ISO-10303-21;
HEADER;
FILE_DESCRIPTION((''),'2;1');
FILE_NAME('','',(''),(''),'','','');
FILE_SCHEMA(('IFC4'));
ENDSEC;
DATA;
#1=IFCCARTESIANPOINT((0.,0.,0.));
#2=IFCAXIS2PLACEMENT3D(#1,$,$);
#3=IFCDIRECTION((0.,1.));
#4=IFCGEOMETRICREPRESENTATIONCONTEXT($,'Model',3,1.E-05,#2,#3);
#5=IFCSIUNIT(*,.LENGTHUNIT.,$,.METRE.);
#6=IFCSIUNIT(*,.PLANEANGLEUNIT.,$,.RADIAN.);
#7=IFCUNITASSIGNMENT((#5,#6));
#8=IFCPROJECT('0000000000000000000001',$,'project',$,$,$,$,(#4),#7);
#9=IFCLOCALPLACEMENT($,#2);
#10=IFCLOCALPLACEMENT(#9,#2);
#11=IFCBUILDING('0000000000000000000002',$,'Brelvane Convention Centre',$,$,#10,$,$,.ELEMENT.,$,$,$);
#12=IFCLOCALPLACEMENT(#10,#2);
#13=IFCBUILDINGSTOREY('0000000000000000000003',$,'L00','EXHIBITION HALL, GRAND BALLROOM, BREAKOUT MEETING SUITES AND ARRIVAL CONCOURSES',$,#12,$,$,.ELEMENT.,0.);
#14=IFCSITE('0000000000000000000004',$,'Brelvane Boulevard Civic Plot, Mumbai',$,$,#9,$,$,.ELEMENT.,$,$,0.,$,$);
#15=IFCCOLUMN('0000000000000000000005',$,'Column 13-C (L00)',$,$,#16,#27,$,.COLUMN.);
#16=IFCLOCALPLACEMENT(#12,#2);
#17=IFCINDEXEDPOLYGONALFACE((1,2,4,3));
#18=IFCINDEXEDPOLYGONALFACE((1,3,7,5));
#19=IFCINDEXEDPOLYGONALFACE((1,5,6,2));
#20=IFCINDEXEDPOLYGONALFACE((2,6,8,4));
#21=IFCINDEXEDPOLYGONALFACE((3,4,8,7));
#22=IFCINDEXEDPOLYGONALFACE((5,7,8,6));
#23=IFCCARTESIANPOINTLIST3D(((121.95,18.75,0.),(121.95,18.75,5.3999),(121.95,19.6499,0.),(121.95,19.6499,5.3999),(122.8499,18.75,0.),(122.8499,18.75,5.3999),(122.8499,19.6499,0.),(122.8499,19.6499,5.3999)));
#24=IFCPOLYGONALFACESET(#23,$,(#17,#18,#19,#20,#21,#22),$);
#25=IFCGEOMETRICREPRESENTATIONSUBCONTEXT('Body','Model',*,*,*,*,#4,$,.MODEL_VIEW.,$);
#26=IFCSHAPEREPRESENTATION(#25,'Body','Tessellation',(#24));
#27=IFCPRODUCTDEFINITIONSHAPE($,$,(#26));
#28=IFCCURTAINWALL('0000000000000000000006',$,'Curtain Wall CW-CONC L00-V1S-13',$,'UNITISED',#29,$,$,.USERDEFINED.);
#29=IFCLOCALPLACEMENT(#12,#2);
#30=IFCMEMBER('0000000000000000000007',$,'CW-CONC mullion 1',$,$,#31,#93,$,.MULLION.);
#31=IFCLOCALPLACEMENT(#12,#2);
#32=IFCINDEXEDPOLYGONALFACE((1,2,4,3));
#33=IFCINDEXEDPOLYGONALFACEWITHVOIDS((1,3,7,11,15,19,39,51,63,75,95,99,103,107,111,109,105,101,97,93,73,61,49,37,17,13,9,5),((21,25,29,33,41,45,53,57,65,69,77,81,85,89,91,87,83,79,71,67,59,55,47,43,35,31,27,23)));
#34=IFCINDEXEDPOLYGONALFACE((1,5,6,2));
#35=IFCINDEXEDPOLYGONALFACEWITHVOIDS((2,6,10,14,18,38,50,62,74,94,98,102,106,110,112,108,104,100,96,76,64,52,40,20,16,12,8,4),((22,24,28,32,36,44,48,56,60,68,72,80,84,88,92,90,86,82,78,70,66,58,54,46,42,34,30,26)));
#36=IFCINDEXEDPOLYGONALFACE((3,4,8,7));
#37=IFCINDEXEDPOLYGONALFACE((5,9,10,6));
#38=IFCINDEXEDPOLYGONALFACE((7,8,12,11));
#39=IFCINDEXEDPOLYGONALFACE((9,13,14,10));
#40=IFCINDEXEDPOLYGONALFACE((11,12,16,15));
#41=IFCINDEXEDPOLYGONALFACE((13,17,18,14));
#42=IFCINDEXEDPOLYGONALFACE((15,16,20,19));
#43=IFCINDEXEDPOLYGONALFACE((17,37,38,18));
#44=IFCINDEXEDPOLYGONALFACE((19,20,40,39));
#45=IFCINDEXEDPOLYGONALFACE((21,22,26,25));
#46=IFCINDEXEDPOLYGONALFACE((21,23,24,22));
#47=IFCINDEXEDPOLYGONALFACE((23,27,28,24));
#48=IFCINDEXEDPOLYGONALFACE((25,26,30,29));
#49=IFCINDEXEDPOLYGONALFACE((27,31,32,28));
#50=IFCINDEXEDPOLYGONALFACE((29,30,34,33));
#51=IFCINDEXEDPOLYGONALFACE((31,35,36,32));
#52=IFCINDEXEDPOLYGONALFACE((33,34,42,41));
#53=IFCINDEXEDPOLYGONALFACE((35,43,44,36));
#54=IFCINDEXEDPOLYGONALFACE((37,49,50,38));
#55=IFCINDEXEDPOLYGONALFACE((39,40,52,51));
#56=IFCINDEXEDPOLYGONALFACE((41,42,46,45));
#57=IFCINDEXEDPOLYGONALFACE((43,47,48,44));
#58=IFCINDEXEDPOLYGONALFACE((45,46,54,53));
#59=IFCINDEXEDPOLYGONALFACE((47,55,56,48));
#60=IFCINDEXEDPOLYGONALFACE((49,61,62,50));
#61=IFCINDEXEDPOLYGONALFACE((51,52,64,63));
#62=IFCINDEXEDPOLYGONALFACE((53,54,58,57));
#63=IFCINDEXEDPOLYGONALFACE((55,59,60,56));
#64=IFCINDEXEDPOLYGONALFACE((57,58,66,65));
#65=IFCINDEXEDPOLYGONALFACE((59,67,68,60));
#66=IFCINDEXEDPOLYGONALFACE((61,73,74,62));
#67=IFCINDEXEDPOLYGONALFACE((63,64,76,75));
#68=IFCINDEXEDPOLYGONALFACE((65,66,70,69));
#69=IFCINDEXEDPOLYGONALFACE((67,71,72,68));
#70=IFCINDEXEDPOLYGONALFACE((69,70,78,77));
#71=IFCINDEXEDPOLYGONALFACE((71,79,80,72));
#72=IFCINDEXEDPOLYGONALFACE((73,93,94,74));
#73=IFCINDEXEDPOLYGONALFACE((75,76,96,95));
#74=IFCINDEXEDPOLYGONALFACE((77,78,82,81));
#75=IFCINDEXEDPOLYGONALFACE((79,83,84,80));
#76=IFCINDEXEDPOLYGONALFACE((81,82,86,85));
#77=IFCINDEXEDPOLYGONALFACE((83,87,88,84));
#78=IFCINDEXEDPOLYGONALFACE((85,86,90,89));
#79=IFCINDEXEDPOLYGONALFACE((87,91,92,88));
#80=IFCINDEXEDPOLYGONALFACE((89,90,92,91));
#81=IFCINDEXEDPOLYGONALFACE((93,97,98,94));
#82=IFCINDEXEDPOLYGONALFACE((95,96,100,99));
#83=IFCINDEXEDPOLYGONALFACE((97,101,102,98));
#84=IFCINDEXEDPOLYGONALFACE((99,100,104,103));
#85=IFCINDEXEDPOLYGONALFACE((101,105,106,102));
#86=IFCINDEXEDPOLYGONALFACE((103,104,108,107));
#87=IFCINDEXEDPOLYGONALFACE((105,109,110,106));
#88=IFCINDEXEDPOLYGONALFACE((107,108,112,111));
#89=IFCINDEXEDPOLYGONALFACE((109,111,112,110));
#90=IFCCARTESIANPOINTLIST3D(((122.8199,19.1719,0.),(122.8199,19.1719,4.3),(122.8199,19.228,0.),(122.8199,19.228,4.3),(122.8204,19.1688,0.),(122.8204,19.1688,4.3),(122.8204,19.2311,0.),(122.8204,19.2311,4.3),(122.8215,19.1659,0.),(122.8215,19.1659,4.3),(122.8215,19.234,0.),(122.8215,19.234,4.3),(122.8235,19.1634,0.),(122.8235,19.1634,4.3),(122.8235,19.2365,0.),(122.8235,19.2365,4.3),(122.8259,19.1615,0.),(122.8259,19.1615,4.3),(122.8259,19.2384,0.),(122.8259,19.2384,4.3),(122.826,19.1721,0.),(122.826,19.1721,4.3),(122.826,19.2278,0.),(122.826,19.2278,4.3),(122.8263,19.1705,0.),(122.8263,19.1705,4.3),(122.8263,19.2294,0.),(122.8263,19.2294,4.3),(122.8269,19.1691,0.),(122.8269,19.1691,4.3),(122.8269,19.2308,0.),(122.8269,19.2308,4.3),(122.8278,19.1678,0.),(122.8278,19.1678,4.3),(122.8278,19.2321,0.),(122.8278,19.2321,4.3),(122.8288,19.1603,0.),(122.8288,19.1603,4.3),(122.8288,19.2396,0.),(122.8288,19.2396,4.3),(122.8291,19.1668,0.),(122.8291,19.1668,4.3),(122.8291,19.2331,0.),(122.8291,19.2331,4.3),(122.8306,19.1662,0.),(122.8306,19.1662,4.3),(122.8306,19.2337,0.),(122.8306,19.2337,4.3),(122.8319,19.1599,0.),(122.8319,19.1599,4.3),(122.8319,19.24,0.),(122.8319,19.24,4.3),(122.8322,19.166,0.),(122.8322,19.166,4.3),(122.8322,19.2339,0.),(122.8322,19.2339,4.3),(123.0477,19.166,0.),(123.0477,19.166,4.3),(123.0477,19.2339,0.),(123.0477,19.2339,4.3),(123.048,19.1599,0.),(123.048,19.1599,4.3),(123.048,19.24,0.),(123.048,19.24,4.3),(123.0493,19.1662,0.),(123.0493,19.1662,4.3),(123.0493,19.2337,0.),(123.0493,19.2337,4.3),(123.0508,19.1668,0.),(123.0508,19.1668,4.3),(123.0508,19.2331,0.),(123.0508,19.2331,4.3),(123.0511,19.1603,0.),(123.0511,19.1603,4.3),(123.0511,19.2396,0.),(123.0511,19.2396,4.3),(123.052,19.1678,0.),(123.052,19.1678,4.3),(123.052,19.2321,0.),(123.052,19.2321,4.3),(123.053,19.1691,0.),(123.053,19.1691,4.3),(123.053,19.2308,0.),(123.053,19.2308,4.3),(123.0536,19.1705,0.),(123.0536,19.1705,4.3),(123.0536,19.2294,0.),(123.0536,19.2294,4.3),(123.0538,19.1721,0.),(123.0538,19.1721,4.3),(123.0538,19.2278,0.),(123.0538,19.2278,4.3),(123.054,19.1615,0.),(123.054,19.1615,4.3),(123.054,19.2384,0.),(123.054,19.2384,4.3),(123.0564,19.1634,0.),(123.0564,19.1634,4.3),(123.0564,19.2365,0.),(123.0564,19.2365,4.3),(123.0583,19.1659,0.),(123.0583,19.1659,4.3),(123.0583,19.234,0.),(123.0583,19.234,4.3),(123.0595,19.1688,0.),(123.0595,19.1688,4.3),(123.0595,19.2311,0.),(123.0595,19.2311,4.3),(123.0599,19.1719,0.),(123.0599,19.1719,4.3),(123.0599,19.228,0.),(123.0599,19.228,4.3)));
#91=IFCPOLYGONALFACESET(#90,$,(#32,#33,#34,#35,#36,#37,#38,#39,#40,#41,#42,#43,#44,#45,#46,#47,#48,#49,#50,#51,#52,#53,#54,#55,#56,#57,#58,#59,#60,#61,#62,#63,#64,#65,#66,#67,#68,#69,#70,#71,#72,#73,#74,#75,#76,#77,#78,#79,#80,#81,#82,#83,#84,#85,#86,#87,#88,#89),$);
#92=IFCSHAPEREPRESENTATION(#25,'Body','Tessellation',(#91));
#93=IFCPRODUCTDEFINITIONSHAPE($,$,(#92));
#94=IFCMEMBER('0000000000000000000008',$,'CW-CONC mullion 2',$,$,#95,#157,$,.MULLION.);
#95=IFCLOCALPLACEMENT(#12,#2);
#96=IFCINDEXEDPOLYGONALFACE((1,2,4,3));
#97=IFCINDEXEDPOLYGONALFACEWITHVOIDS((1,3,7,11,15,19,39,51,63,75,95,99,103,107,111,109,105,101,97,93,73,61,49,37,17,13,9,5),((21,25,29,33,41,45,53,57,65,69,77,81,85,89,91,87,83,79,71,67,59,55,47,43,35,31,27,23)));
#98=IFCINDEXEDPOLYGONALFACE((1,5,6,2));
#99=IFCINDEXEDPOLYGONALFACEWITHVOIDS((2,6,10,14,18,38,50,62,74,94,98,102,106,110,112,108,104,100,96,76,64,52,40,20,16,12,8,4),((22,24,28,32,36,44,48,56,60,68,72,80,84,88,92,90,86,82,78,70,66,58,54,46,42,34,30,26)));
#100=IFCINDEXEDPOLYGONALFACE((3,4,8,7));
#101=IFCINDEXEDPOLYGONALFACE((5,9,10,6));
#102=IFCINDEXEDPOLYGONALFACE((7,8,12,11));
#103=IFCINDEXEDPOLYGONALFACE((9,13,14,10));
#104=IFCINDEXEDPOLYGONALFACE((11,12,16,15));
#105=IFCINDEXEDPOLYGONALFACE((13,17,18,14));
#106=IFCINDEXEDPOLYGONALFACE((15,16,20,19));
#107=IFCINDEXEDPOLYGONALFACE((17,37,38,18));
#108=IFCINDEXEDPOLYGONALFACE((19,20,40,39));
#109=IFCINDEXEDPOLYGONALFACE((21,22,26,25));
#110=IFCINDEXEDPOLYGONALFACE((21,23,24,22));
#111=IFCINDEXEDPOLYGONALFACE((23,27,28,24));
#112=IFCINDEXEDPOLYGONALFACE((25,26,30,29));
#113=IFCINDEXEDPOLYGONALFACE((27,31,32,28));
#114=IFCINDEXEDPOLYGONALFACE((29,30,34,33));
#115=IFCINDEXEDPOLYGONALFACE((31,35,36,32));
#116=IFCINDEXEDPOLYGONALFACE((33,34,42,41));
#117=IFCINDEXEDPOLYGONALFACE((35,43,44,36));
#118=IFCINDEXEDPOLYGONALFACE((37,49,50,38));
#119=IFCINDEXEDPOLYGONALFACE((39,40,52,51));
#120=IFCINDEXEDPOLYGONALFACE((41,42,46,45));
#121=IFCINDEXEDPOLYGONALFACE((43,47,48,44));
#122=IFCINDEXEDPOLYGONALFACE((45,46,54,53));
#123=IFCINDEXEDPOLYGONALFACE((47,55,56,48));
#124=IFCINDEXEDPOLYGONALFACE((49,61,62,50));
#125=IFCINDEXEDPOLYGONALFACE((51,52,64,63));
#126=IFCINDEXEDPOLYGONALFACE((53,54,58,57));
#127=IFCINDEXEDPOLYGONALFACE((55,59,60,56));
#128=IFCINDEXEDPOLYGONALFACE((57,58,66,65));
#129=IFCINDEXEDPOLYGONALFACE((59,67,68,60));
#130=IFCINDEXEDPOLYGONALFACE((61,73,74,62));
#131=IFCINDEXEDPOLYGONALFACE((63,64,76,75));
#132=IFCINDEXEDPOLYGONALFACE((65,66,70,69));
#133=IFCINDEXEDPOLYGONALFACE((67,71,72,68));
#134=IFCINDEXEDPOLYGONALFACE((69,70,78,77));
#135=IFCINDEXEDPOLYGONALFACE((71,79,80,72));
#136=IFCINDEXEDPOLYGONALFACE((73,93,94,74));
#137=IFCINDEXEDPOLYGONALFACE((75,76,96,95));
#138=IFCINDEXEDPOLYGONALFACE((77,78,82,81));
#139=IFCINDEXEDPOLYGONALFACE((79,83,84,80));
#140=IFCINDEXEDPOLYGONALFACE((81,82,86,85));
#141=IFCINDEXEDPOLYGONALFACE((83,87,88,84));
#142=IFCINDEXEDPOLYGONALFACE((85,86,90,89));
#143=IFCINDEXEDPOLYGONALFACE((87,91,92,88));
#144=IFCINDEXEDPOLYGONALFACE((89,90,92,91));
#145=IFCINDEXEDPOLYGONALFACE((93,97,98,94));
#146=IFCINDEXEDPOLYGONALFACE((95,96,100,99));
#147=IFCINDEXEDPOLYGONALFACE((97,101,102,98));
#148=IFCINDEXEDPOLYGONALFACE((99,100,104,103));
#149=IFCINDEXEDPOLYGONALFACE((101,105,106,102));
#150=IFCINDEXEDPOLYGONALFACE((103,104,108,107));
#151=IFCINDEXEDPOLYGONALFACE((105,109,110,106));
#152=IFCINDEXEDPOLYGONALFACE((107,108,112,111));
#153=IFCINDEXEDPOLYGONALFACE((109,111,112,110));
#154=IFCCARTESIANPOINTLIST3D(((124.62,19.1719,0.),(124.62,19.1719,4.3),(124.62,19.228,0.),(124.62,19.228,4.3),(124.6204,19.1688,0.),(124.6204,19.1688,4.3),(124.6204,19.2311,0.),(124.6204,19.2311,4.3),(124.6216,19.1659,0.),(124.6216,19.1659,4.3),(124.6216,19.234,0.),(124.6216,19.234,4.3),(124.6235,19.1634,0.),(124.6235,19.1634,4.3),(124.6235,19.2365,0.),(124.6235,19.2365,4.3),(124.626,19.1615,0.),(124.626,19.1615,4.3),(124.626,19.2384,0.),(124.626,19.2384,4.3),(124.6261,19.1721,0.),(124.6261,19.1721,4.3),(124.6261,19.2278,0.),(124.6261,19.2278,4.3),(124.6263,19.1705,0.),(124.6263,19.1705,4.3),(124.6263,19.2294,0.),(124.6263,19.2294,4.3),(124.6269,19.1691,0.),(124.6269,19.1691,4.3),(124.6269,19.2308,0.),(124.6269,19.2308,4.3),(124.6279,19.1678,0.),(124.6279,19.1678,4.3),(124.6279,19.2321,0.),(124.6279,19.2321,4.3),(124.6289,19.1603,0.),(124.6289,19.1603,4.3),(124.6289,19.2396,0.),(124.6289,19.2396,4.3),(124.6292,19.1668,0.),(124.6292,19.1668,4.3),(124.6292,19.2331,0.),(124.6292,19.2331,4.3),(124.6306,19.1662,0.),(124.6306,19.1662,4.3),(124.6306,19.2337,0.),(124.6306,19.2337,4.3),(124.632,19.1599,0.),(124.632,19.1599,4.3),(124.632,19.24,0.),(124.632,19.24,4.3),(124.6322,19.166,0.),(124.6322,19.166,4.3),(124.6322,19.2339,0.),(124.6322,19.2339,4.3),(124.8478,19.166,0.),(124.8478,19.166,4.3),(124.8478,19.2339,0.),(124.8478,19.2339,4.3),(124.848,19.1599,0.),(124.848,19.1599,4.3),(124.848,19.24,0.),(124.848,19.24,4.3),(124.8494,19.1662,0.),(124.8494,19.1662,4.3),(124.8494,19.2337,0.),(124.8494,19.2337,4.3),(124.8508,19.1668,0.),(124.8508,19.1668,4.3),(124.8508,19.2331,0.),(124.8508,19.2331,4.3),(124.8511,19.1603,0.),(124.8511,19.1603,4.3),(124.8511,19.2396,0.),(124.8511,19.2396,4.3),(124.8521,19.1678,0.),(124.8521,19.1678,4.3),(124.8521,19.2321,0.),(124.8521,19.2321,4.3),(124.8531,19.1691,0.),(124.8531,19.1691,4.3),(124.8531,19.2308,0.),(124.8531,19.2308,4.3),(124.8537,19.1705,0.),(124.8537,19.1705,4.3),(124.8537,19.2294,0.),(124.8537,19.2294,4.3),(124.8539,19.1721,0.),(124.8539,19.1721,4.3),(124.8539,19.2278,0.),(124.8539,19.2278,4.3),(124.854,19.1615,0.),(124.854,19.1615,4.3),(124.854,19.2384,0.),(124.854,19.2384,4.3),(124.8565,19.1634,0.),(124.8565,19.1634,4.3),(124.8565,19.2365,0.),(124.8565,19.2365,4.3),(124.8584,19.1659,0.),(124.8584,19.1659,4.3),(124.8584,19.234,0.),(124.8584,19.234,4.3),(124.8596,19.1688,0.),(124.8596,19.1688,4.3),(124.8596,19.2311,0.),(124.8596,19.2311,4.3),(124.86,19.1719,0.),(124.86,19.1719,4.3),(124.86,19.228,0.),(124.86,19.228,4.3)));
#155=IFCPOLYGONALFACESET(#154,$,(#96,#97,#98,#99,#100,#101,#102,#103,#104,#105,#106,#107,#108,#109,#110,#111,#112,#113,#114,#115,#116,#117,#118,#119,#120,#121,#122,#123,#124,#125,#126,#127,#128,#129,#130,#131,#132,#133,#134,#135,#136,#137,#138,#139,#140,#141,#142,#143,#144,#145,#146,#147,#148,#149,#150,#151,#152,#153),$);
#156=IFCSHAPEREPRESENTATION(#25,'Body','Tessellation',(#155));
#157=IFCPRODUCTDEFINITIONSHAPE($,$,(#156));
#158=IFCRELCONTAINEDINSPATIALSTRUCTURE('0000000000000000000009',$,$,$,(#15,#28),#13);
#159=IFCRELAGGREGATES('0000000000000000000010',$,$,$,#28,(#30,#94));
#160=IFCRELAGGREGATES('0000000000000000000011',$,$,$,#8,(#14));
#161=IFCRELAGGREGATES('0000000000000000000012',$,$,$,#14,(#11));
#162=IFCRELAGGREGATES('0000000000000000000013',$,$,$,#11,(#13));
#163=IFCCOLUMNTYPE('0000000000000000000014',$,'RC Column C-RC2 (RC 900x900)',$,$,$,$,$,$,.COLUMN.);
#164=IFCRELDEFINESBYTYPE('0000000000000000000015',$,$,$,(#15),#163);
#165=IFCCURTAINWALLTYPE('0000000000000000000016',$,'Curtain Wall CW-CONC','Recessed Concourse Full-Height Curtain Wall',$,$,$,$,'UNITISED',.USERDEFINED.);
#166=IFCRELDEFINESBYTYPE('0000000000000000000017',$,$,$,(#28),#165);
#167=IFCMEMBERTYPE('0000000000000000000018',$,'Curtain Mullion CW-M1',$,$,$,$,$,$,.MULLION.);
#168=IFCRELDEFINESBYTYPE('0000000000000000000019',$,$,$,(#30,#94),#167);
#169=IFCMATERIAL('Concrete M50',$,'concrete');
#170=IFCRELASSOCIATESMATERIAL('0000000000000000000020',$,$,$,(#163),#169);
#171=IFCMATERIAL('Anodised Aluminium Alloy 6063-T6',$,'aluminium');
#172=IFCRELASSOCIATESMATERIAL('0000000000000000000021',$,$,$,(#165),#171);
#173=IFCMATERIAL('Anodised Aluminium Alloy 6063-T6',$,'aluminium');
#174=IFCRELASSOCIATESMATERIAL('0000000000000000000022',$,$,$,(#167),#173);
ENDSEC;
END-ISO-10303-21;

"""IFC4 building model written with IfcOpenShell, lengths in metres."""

from ifc_helpers import new_model, si_unit, direction, frame, origin, origin_2d, place, context, subcontext, project, spatial, rectangle, hollow_rectangle, extrude, material, material_profile, profile_set, type_object, element, aggregate, save


model = new_model("IFC4")

# Units and contexts
model_context = context("Model", 3, precision=1e-05, world=origin(), true_north=direction((0.0, 1.0)))
body_context = subcontext(model_context, "Body", "Model", "MODEL_VIEW")
ifc_project = project(units=[si_unit("LENGTHUNIT", "METRE"), si_unit("PLANEANGLEUNIT", "RADIAN")], contexts=[model_context])

# Site, building, storey
site_placement = place(None, origin())
site = spatial("IfcSite", under=ifc_project, at=site_placement, Name="Brelvane Boulevard Civic Plot, Mumbai", CompositionType="ELEMENT", RefElevation=0.0)
building_placement = place(site_placement, origin())
building = spatial("IfcBuilding", under=site, at=building_placement, Name="Brelvane Convention Centre", CompositionType="ELEMENT")
storey_placement = place(building_placement, origin())
storey = spatial("IfcBuildingStorey", under=building, at=storey_placement, Name="L00", Description="EXHIBITION HALL, GRAND BALLROOM, BREAKOUT MEETING SUITES AND ARRIVAL CONCOURSES", CompositionType="ELEMENT", Elevation=0.0)

# Column
ifc_material_1 = material(Name="Concrete M50", Category="concrete")
ifc_material_profile_1 = material_profile(ifc_material_1, rectangle(XDim=0.8999, YDim=0.8999, at=origin_2d()), Name="RC 900x900")
ifc_profile_set_1 = profile_set([ifc_material_profile_1], Name="Concrete M50")
column_type = type_object("IfcColumnType", Name="RC Column C-RC2 (RC 900x900)", PredefinedType="COLUMN", material=ifc_profile_set_1)
column_placement = place(storey_placement, frame((122.3999, 19.2, 0.0), z_axis=(0.0, 0.0, 1.0), x_axis=(1.0, 0.0, 0.0)))
element("IfcColumn", 1, at=column_placement, inside=storey, type_object=column_type, Name="Column 13-C (L00)", PredefinedType="COLUMN", context=body_context, shape_type="SweptSolid", body=[
    extrude(rectangle(XDim=0.8999, YDim=0.8999, at=origin_2d()), origin(), (0.0, 0.0, 1.0), 5.3999),
])

# Curtain wall, members
ifc_material_2 = material(Name="Anodised Aluminium Alloy 6063-T6", Category="aluminium")
curtain_wall_type = type_object("IfcCurtainWallType", Name="Curtain Wall CW-CONC", Description="Recessed Concourse Full-Height Curtain Wall", ElementType="UNITISED", PredefinedType="USERDEFINED", material=ifc_material_2)
curtain_wall_placement = place(storey_placement, origin())
curtain_wall = element("IfcCurtainWall", 2, at=curtain_wall_placement, inside=storey, type_object=curtain_wall_type, Name="Curtain Wall CW-CONC L00-V1S-13", ObjectType="UNITISED", PredefinedType="USERDEFINED")
ifc_material_3 = material(Name="Anodised Aluminium Alloy 6063-T6", Category="aluminium")
ifc_material_profile_2 = material_profile(ifc_material_3, hollow_rectangle(XDim=0.0801, YDim=0.24, WallThickness=0.0061, InnerFilletRadius=0.0061, OuterFilletRadius=0.012, at=origin_2d()), Name="ALU-M 240x80x6.0")
ifc_profile_set_2 = profile_set([ifc_material_profile_2], Name="Anodised Aluminium Alloy 6063-T6")
member_type_1 = type_object("IfcMemberType", Name="Curtain Mullion CW-M1", PredefinedType="MULLION", material=ifc_profile_set_2)
member_1_placement = place(storey_placement, frame((122.9399, 19.2, 0.0), z_axis=(0.0, 0.0, 1.0), x_axis=(0.0, 1.0, 0.0)))
member_1 = element("IfcMember", 3, at=member_1_placement, type_object=member_type_1, Name="CW-CONC mullion 1", PredefinedType="MULLION", context=body_context, shape_type="SweptSolid", body=[
    extrude(hollow_rectangle(XDim=0.0801, YDim=0.24, WallThickness=0.0061, InnerFilletRadius=0.0061, OuterFilletRadius=0.012, at=origin_2d()), origin(), (0.0, 0.0, 1.0), 4.3),
])
member_2_placement = place(storey_placement, frame((124.74, 19.2, 0.0), z_axis=(0.0, 0.0, 1.0), x_axis=(0.0, 1.0, 0.0)))
member_2 = element("IfcMember", 4, at=member_2_placement, type_object=member_type_1, Name="CW-CONC mullion 2", PredefinedType="MULLION", context=body_context, shape_type="SweptSolid", body=[
    extrude(hollow_rectangle(XDim=0.0801, YDim=0.24, WallThickness=0.0061, InnerFilletRadius=0.0061, OuterFilletRadius=0.012, at=origin_2d()), origin(), (0.0, 0.0, 1.0), 4.3),
])

aggregate(curtain_wall, [member_1, member_2])

save(model, "model.ifc")
